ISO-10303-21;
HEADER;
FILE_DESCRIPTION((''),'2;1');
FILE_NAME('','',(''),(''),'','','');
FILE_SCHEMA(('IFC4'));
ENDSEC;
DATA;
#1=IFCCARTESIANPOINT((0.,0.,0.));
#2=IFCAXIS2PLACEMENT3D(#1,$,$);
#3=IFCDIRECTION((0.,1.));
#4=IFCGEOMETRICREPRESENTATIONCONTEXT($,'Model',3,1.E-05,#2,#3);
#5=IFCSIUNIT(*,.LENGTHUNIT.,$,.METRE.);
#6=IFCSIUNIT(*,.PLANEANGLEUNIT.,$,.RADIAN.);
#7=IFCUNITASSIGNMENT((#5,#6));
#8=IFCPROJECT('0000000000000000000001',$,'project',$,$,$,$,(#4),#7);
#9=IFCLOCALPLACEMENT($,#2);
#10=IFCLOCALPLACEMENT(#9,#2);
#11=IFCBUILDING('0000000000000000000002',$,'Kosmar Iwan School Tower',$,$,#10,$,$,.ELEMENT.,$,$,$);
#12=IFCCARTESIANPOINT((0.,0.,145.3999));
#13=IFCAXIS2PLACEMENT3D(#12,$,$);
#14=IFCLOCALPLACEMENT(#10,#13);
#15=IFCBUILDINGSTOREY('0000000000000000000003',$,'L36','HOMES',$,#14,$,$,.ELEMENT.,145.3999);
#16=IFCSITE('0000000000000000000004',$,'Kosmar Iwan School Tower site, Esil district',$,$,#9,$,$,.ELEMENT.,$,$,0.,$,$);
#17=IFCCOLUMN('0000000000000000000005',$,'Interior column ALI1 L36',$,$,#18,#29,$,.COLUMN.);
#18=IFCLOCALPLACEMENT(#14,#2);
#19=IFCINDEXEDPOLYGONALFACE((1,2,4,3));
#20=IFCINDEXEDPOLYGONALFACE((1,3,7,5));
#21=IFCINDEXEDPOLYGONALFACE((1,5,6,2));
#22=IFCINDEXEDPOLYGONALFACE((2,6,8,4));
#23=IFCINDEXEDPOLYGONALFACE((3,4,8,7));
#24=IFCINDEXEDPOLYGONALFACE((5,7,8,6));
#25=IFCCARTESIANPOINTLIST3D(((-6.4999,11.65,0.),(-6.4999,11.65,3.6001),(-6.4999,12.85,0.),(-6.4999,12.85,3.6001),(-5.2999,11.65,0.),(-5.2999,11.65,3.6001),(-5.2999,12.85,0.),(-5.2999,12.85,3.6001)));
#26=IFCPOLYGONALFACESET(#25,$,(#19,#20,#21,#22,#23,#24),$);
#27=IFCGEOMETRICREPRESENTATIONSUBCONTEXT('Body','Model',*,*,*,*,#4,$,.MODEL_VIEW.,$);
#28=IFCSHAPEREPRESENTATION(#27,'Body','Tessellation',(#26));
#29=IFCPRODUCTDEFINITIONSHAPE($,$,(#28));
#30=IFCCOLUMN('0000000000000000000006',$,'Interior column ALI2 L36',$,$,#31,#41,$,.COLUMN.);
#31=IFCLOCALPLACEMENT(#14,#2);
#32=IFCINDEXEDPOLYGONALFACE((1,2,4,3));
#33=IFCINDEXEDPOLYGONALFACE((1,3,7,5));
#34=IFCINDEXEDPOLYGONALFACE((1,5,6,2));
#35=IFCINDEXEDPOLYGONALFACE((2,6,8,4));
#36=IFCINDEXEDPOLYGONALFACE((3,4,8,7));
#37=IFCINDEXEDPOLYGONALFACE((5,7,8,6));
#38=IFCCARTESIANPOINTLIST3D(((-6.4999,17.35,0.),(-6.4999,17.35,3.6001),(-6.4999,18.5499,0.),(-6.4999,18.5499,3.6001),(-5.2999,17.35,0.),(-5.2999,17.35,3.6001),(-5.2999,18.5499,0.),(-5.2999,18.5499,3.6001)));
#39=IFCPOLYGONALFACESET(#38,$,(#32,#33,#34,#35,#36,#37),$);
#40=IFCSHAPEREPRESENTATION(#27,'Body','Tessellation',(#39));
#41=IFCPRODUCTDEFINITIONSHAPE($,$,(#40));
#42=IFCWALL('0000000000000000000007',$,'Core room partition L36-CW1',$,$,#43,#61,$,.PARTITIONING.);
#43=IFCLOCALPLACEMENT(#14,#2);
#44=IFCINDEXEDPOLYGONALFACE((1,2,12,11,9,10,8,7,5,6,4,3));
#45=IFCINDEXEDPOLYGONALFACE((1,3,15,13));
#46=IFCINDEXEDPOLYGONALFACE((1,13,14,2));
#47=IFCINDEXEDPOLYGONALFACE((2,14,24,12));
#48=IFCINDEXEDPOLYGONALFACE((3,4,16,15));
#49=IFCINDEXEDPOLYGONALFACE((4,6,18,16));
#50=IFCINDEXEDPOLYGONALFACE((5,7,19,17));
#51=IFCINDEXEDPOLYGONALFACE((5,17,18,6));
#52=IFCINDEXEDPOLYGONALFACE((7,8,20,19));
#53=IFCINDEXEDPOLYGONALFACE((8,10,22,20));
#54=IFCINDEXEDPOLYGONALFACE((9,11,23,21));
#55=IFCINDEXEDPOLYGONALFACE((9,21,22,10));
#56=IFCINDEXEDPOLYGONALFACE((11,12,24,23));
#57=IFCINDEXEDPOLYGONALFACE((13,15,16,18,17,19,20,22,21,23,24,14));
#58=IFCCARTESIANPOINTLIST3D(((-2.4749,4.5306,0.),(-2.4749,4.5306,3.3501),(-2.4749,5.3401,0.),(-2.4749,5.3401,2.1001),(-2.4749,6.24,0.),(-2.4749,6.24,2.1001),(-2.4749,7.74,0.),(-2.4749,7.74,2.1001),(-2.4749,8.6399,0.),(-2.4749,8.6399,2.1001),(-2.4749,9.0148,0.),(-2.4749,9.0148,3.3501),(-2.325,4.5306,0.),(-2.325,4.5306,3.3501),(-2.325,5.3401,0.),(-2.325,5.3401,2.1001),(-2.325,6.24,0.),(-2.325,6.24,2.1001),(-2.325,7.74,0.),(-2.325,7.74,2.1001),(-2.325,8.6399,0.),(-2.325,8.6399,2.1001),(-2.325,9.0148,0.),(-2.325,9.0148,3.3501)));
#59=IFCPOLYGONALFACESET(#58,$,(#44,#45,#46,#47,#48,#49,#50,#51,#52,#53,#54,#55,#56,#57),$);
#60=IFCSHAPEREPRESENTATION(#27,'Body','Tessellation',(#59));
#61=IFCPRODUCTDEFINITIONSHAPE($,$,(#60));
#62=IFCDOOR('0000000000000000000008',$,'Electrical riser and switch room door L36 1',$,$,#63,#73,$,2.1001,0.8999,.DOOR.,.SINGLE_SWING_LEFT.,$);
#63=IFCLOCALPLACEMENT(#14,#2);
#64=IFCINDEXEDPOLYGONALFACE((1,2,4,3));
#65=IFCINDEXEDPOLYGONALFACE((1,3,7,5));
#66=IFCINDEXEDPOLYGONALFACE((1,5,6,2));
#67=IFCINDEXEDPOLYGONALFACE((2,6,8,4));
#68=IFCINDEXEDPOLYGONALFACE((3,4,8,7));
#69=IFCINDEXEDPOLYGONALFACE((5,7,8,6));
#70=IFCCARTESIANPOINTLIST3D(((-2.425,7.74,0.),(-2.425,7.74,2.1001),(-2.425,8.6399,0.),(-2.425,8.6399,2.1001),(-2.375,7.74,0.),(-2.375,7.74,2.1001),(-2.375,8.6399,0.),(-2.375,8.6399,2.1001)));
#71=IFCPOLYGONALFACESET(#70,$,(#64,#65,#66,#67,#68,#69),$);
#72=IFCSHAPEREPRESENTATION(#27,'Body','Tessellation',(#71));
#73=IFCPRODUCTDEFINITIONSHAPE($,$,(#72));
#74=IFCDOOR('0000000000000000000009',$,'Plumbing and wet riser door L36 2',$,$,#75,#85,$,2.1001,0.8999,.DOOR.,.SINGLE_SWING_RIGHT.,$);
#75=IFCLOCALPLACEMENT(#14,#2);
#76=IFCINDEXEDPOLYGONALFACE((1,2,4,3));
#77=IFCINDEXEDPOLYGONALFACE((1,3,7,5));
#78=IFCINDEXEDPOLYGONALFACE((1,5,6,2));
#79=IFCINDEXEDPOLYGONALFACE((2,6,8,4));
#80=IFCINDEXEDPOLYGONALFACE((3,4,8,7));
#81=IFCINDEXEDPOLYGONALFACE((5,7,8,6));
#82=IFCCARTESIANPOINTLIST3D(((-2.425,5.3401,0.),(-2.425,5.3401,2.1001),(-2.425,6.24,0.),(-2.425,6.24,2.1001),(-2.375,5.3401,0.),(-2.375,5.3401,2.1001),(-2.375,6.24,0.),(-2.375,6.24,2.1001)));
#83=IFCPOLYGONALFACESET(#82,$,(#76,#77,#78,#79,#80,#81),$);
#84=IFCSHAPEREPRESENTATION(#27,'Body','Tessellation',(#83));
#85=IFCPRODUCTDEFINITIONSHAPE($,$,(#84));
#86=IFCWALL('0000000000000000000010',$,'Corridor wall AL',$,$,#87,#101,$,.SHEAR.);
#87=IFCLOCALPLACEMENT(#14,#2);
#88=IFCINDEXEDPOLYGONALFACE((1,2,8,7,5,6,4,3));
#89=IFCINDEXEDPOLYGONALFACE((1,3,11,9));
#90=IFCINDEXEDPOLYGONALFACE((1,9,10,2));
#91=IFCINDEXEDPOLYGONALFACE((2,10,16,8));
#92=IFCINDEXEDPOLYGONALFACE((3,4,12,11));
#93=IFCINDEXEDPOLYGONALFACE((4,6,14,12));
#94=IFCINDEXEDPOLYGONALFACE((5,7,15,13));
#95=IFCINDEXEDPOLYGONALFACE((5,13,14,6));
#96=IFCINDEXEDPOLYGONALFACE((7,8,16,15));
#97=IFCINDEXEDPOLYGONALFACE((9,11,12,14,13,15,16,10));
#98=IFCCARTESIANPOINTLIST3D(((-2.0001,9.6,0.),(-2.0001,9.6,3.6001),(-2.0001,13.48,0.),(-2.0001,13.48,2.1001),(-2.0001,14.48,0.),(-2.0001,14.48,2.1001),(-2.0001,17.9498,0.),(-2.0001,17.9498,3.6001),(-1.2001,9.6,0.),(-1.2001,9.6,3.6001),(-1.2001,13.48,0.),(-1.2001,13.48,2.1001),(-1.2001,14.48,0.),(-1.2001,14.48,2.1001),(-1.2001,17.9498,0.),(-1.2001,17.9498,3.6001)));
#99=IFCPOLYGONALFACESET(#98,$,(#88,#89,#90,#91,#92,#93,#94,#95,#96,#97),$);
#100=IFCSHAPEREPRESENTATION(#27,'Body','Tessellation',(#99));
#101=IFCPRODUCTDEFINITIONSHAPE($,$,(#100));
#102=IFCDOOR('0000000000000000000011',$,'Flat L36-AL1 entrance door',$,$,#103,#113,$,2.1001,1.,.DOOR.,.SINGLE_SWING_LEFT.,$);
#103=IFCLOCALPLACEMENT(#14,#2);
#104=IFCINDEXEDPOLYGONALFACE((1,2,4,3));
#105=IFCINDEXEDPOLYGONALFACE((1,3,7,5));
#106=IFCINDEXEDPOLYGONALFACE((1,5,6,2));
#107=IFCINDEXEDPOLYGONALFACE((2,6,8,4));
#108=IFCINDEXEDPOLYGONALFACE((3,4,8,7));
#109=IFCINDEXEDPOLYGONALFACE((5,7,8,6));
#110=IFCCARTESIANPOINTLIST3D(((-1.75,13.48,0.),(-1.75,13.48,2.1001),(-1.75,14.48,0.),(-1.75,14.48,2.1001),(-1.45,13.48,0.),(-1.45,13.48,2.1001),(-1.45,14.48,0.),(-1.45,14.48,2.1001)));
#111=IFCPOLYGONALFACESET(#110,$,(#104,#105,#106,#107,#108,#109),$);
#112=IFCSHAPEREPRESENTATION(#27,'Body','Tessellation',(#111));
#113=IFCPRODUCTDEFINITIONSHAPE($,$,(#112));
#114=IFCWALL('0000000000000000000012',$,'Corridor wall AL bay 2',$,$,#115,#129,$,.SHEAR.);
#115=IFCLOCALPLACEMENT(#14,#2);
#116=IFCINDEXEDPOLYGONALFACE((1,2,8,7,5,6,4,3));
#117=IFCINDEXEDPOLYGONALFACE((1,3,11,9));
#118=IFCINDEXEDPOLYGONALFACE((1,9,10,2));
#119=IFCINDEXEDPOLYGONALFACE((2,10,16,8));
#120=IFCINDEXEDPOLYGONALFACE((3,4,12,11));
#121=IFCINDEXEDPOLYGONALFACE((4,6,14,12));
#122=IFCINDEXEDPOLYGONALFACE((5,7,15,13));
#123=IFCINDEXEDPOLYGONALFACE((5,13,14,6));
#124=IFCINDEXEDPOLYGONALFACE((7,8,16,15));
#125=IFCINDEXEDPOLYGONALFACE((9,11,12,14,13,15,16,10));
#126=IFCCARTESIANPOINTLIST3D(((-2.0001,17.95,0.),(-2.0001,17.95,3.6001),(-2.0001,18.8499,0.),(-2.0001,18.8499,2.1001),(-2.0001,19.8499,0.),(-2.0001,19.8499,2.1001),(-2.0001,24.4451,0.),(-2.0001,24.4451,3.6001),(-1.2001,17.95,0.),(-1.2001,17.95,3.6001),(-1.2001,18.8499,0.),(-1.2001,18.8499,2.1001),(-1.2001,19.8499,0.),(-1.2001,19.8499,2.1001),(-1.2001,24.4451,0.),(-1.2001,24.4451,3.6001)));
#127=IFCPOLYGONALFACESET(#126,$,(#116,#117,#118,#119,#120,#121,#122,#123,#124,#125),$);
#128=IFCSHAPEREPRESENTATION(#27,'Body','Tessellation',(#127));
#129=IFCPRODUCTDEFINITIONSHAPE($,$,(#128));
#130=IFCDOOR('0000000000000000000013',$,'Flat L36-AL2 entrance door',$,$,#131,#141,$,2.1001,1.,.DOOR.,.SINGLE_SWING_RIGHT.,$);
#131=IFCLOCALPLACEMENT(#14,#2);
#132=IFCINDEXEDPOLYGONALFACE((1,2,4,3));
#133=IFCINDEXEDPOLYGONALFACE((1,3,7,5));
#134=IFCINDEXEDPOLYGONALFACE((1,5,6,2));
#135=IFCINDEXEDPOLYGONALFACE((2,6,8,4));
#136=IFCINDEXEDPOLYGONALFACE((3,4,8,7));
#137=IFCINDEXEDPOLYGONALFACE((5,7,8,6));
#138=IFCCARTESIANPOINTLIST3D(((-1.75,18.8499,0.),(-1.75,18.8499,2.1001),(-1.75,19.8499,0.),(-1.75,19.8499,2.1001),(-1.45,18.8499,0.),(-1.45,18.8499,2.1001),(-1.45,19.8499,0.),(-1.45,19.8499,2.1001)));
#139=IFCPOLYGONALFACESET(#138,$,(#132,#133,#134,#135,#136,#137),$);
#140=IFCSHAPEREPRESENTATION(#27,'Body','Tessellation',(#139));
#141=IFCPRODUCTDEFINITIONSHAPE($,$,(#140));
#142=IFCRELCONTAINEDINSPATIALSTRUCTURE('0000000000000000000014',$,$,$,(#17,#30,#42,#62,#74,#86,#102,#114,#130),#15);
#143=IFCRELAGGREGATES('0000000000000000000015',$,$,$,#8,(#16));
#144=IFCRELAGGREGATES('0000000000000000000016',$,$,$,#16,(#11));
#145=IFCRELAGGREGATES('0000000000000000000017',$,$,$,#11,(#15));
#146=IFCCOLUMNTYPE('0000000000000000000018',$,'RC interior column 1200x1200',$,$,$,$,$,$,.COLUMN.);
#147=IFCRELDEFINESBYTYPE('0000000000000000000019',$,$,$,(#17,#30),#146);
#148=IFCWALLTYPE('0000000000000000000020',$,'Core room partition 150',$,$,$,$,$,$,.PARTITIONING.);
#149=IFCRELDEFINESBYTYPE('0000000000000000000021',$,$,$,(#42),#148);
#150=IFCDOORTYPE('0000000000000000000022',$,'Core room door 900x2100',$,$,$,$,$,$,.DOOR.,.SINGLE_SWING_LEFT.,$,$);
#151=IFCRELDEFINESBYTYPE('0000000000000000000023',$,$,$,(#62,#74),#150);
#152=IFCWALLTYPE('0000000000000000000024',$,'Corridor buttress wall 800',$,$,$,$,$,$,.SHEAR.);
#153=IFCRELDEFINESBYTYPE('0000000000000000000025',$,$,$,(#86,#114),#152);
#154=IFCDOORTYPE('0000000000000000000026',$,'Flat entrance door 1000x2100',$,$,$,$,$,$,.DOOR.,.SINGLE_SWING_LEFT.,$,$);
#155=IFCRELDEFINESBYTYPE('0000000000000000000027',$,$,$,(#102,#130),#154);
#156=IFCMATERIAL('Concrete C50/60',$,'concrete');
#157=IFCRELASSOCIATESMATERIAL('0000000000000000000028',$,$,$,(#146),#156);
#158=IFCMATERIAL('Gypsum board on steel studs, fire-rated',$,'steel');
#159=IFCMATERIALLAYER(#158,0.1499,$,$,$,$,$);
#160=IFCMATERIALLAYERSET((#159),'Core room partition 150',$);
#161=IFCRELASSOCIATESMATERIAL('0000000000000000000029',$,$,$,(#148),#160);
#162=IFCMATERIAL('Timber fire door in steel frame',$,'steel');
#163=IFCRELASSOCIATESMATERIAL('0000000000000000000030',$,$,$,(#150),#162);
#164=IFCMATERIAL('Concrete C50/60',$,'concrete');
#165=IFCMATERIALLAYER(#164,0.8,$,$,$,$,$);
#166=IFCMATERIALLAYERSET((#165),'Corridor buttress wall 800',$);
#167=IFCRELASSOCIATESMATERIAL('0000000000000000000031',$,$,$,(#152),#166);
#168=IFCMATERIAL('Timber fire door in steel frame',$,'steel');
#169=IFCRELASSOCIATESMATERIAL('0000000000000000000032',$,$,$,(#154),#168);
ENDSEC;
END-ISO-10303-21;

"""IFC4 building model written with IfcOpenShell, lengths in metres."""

from ifc_helpers import new_model, si_unit, direction, frame, frame_2d, origin, origin_2d, place, context, subcontext, project, spatial, rectangle, extrude, material, layer, layer_set, material_profile, profile_set, type_object, element, fill, save


model = new_model("IFC4")

# Units and contexts
model_context = context("Model", 3, precision=1e-05, world=origin(), true_north=direction((0.0, 1.0)))
body_context = subcontext(model_context, "Body", "Model", "MODEL_VIEW")
ifc_project = project(units=[si_unit("LENGTHUNIT", "METRE"), si_unit("PLANEANGLEUNIT", "RADIAN")], contexts=[model_context])

# Site, building, storey
site_placement = place(None, origin())
site = spatial("IfcSite", under=ifc_project, at=site_placement, Name="Kosmar Iwan School Tower site, Esil district", CompositionType="ELEMENT", RefElevation=0.0)
building_placement = place(site_placement, origin())
building = spatial("IfcBuilding", under=site, at=building_placement, Name="Kosmar Iwan School Tower", CompositionType="ELEMENT")
storey_placement = place(building_placement, frame((0.0, 0.0, 145.3999)))
storey = spatial("IfcBuildingStorey", under=building, at=storey_placement, Name="L36", Description="HOMES", CompositionType="ELEMENT", Elevation=145.3999)

# Columns
ifc_material_1 = material(Name="Concrete C50/60", Category="concrete")
ifc_material_profile = material_profile(ifc_material_1, rectangle(XDim=1.2, YDim=1.2, at=origin_2d()), Name="RC 1200x1200")
ifc_profile_set = profile_set([ifc_material_profile], Name="Concrete C50/60")
column_type = type_object("IfcColumnType", Name="RC interior column 1200x1200", PredefinedType="COLUMN", material=ifc_profile_set)
for number, where, z_axis, x_axis, name in (
    (1, (-5.8999, 12.25, 0.0), (0.0, 0.0, 1.0), (0.0, 1.0, 0.0), "Interior column ALI1 L36"),
    (2, (-5.8999, 17.95, 0.0), (0.0, 0.0, 1.0), (0.0, 1.0, 0.0), "Interior column ALI2 L36"),
):
    element("IfcColumn", number, at=place(storey_placement, frame(where, z_axis=z_axis, x_axis=x_axis)), inside=storey, type_object=column_type, Name=name, PredefinedType="COLUMN", context=body_context, shape_type="SweptSolid", body=[
        extrude(rectangle(XDim=1.2, YDim=1.2, at=origin_2d()), origin(), (0.0, 0.0, 1.0), 3.6001),
    ])

# Wall, openings, doors
ifc_material_2 = material(Name="Gypsum board on steel studs, fire-rated", Category="steel")
ifc_layer_1 = layer(ifc_material_2, 0.1499)
ifc_layer_set_1 = layer_set([ifc_layer_1], Name="Core room partition 150")
wall_type_1 = type_object("IfcWallType", Name="Core room partition 150", PredefinedType="PARTITIONING", material=ifc_layer_set_1)
wall_1_placement = place(storey_placement, frame((-2.3999, 9.0149, 0.0), z_axis=(0.0, 0.0, 1.0), x_axis=(0.0, -1.0, 0.0)))
wall_1 = element("IfcWall", 3, at=wall_1_placement, inside=storey, type_object=wall_type_1, Name="Core room partition L36-CW1", PredefinedType="PARTITIONING", context=body_context, shape_type="SweptSolid", body=[
    extrude(rectangle(XDim=4.4841, YDim=0.1499, at=frame_2d((2.2422, 0.0))), origin(), (0.0, 0.0, 1.0), 3.3501),
])
opening_1_placement = place(wall_1_placement, frame((0.375, 0.0, 0.0)))
opening_1 = element("IfcOpeningElement", 4, at=opening_1_placement, cuts=wall_1, PredefinedType="OPENING", context=body_context, shape_type="SweptSolid", body=[
    extrude(rectangle(XDim=0.8999, YDim=2.1001, at=frame_2d((0.45, 1.05))), frame((0.0, 0.0869, 0.0), z_axis=(0.0, -1.0, 0.0), x_axis=(1.0, 0.0, 0.0)), (0.0, 0.0, 1.0), 0.1738),
])
opening_2_placement = place(wall_1_placement, frame((2.7749, 0.0, 0.0)))
opening_2 = element("IfcOpeningElement", 5, at=opening_2_placement, cuts=wall_1, PredefinedType="OPENING", context=body_context, shape_type="SweptSolid", body=[
    extrude(rectangle(XDim=0.8999, YDim=2.1001, at=frame_2d((0.45, 1.05))), frame((0.0, 0.0869, 0.0), z_axis=(0.0, -1.0, 0.0), x_axis=(1.0, 0.0, 0.0)), (0.0, 0.0, 1.0), 0.1738),
])
ifc_material_3 = material(Name="Timber fire door in steel frame", Category="steel")
door_type_1 = type_object("IfcDoorType", Name="Core room door 900x2100", OperationType="SINGLE_SWING_LEFT", PredefinedType="DOOR", material=ifc_material_3)
door_1_placement = place(opening_1_placement, origin())
door_1 = element("IfcDoor", 6, at=door_1_placement, inside=storey, type_object=door_type_1, Name="Electrical riser and switch room door L36 1", OperationType="SINGLE_SWING_LEFT", OverallHeight=2.1001, OverallWidth=0.8999, PredefinedType="DOOR", context=body_context, shape_type="SweptSolid", body=[
    extrude(rectangle(XDim=0.8999, YDim=2.1001, at=frame_2d((0.45, 1.05))), frame((0.0, 0.0249, 0.0), z_axis=(0.0, -1.0, 0.0), x_axis=(1.0, 0.0, 0.0)), (0.0, 0.0, 1.0), 0.05),
])
fill(opening_1, door_1)
door_2_placement = place(opening_2_placement, origin())
door_2 = element("IfcDoor", 7, at=door_2_placement, inside=storey, type_object=door_type_1, Name="Plumbing and wet riser door L36 2", OperationType="SINGLE_SWING_RIGHT", OverallHeight=2.1001, OverallWidth=0.8999, PredefinedType="DOOR", context=body_context, shape_type="SweptSolid", body=[
    extrude(rectangle(XDim=0.8999, YDim=2.1001, at=frame_2d((0.45, 1.05))), frame((0.0, 0.0249, 0.0), z_axis=(0.0, -1.0, 0.0), x_axis=(1.0, 0.0, 0.0)), (0.0, 0.0, 1.0), 0.05),
])
fill(opening_2, door_2)

# Walls, openings, doors
ifc_material_4 = material(Name="Concrete C50/60", Category="concrete")
ifc_layer_2 = layer(ifc_material_4, 0.8)
ifc_layer_set_2 = layer_set([ifc_layer_2], Name="Corridor buttress wall 800")
wall_type_2 = type_object("IfcWallType", Name="Corridor buttress wall 800", PredefinedType="SHEAR", material=ifc_layer_set_2)
wall_2_placement = place(storey_placement, frame((-1.6001, 9.6001, 0.0), z_axis=(0.0, 0.0, 1.0), x_axis=(0.0, 1.0, 0.0)))
wall_2 = element("IfcWall", 8, at=wall_2_placement, inside=storey, type_object=wall_type_2, Name="Corridor wall AL", PredefinedType="SHEAR", context=body_context, shape_type="SweptSolid", body=[
    extrude(rectangle(XDim=8.3499, YDim=0.8, at=frame_2d((4.1748, 0.0))), origin(), (0.0, 0.0, 1.0), 3.6001),
])
opening_3_placement = place(wall_2_placement, frame((3.8799, 0.0, 0.0)))
opening_3 = element("IfcOpeningElement", 9, at=opening_3_placement, cuts=wall_2, PredefinedType="OPENING", context=body_context, shape_type="SweptSolid", body=[
    extrude(rectangle(XDim=1.0, YDim=2.1001, at=frame_2d((0.5, 1.05))), frame((0.0, 0.4121, 0.0), z_axis=(0.0, -1.0, 0.0), x_axis=(1.0, 0.0, 0.0)), (0.0, 0.0, 1.0), 0.824),
])
ifc_material_5 = material(Name="Timber fire door in steel frame", Category="steel")
door_type_2 = type_object("IfcDoorType", Name="Flat entrance door 1000x2100", OperationType="SINGLE_SWING_LEFT", PredefinedType="DOOR", material=ifc_material_5)
door_3_placement = place(opening_3_placement, origin())
door_3 = element("IfcDoor", 10, at=door_3_placement, inside=storey, type_object=door_type_2, Name="Flat L36-AL1 entrance door", OperationType="SINGLE_SWING_LEFT", OverallHeight=2.1001, OverallWidth=1.0, PredefinedType="DOOR", context=body_context, shape_type="SweptSolid", body=[
    extrude(rectangle(XDim=1.0, YDim=2.1001, at=frame_2d((0.5, 1.05))), frame((0.0, 0.1499, 0.0), z_axis=(0.0, -1.0, 0.0), x_axis=(1.0, 0.0, 0.0)), (0.0, 0.0, 1.0), 0.3),
])
fill(opening_3, door_3)
wall_3_placement = place(storey_placement, frame((-1.6001, 17.95, 0.0), z_axis=(0.0, 0.0, 1.0), x_axis=(0.0, 1.0, 0.0)))
wall_3 = element("IfcWall", 11, at=wall_3_placement, inside=storey, type_object=wall_type_2, Name="Corridor wall AL bay 2", PredefinedType="SHEAR", context=body_context, shape_type="SweptSolid", body=[
    extrude(rectangle(XDim=6.4951, YDim=0.8, at=frame_2d((3.2476, 0.0))), origin(), (0.0, 0.0, 1.0), 3.6001),
])
opening_4_placement = place(wall_3_placement, frame((0.8999, 0.0, 0.0)))
opening_4 = element("IfcOpeningElement", 12, at=opening_4_placement, cuts=wall_3, PredefinedType="OPENING", context=body_context, shape_type="SweptSolid", body=[
    extrude(rectangle(XDim=1.0, YDim=2.1001, at=frame_2d((0.5, 1.05))), frame((0.0, 0.4121, 0.0), z_axis=(0.0, -1.0, 0.0), x_axis=(1.0, 0.0, 0.0)), (0.0, 0.0, 1.0), 0.824),
])
door_4_placement = place(opening_4_placement, origin())
door_4 = element("IfcDoor", 13, at=door_4_placement, inside=storey, type_object=door_type_2, Name="Flat L36-AL2 entrance door", OperationType="SINGLE_SWING_RIGHT", OverallHeight=2.1001, OverallWidth=1.0, PredefinedType="DOOR", context=body_context, shape_type="SweptSolid", body=[
    extrude(rectangle(XDim=1.0, YDim=2.1001, at=frame_2d((0.5, 1.05))), frame((0.0, 0.1499, 0.0), z_axis=(0.0, -1.0, 0.0), x_axis=(1.0, 0.0, 0.0)), (0.0, 0.0, 1.0), 0.3),
])
fill(opening_4, door_4)

save(model, "model.ifc")
